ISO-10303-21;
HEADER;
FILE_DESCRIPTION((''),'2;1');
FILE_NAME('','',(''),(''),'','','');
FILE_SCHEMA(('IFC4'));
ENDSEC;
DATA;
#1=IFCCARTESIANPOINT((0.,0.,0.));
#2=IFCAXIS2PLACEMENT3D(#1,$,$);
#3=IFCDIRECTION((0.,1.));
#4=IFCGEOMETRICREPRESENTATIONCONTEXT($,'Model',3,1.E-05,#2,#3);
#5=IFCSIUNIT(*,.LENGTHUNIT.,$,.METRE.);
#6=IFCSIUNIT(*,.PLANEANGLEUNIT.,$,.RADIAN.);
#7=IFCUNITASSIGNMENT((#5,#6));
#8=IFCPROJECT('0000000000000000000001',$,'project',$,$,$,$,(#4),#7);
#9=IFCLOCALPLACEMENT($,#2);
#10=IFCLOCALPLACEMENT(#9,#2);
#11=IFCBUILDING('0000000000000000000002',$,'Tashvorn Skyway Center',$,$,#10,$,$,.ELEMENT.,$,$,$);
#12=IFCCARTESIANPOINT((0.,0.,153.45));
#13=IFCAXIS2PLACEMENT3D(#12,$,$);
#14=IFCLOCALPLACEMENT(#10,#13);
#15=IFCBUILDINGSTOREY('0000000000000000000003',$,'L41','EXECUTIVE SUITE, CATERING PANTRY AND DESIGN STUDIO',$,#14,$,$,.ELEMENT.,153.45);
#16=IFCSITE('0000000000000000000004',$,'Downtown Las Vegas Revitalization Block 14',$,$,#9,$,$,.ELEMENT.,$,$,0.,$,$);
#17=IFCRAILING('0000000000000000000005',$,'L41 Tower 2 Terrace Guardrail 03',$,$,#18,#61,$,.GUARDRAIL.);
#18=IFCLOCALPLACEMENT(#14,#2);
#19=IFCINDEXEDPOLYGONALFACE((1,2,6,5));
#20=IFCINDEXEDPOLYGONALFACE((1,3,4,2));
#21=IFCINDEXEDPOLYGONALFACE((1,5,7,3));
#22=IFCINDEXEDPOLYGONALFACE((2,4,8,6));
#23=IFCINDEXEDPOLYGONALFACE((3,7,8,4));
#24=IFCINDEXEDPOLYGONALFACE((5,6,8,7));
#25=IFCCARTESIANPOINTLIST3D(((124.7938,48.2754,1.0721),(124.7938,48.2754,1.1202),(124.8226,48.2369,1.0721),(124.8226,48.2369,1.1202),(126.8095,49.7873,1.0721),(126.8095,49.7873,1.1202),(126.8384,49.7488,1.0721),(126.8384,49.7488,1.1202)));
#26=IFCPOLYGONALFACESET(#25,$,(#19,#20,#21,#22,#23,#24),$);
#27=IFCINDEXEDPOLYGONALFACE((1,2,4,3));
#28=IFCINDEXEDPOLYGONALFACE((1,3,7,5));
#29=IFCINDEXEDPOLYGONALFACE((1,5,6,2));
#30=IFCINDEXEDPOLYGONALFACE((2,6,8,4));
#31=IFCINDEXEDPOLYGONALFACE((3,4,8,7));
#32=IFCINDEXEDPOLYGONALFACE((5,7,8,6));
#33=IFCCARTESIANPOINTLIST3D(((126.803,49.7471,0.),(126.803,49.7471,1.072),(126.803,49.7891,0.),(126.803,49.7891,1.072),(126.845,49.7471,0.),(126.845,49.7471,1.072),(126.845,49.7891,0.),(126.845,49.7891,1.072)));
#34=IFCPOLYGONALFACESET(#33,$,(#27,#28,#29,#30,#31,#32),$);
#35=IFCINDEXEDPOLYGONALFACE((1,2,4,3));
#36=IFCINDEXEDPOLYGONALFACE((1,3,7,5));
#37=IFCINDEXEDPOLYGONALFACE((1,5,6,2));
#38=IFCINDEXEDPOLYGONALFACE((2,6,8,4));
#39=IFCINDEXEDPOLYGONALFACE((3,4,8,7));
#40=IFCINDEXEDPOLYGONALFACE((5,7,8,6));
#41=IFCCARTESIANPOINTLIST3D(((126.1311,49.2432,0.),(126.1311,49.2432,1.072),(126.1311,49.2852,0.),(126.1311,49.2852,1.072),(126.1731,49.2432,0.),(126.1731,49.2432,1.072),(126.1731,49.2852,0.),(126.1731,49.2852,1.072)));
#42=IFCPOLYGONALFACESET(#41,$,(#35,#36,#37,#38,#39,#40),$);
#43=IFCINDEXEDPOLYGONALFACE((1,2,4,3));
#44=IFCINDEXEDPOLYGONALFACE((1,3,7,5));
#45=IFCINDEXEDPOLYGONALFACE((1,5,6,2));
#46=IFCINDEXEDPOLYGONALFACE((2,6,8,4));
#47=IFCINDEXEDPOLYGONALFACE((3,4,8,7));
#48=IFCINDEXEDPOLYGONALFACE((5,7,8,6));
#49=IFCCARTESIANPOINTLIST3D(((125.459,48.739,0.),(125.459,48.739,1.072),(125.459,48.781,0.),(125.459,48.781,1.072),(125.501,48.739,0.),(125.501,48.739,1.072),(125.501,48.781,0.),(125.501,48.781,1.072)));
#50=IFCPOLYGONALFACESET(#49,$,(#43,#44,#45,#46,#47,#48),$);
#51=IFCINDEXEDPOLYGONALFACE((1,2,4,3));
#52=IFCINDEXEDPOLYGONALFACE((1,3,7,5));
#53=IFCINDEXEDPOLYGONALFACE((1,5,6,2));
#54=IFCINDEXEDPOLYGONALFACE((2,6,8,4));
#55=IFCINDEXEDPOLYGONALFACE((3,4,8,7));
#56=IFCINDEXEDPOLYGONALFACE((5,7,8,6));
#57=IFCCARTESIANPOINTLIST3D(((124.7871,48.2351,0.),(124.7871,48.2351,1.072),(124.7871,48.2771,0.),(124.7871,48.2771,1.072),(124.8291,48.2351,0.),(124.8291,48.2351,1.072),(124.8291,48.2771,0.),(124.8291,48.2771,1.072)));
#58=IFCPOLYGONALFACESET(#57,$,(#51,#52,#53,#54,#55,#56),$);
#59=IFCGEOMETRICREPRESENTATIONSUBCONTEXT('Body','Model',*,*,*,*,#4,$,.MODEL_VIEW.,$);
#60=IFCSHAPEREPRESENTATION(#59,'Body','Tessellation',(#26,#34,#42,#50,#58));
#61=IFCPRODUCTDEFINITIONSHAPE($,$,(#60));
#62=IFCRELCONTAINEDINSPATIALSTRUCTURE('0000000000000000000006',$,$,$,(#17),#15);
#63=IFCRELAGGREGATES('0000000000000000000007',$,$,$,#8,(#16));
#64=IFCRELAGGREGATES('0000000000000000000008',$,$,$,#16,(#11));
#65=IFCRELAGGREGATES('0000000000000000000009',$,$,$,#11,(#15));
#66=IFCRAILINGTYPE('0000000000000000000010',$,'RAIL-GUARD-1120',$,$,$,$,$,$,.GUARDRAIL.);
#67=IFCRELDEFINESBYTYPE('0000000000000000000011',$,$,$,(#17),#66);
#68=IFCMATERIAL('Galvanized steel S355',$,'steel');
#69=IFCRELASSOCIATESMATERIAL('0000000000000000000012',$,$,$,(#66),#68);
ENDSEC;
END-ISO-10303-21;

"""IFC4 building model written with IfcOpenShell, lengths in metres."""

from ifc_helpers import new_model, si_unit, direction, frame, origin, origin_2d, place, context, subcontext, project, spatial, rectangle, extrude, material, type_object, element, save


model = new_model("IFC4")

# Units and contexts
model_context = context("Model", 3, precision=1e-05, world=origin(), true_north=direction((0.0, 1.0)))
body_context = subcontext(model_context, "Body", "Model", "MODEL_VIEW")
ifc_project = project(units=[si_unit("LENGTHUNIT", "METRE"), si_unit("PLANEANGLEUNIT", "RADIAN")], contexts=[model_context])

# Site, building, storey
site_placement = place(None, origin())
site = spatial("IfcSite", under=ifc_project, at=site_placement, Name="Downtown Las Vegas Revitalization Block 14", CompositionType="ELEMENT", RefElevation=0.0)
building_placement = place(site_placement, origin())
building = spatial("IfcBuilding", under=site, at=building_placement, Name="Tashvorn Skyway Center", CompositionType="ELEMENT")
storey_placement = place(building_placement, frame((0.0, 0.0, 153.45)))
storey = spatial("IfcBuildingStorey", under=building, at=storey_placement, Name="L41", Description="EXECUTIVE SUITE, CATERING PANTRY AND DESIGN STUDIO", CompositionType="ELEMENT", Elevation=153.45)

# Railing
ifc_material_1 = material(Name="Galvanized steel S355", Category="steel")
railing_type = type_object("IfcRailingType", Name="RAIL-GUARD-1120", PredefinedType="GUARDRAIL", material=ifc_material_1)
railing_placement = place(storey_placement, frame((126.824, 49.7681, 0.0)))
element("IfcRailing", 1, at=railing_placement, inside=storey, type_object=railing_type, Name="L41 Tower 2 Terrace Guardrail 03", PredefinedType="GUARDRAIL", context=body_context, shape_type="SweptSolid", body=[
    extrude(rectangle(XDim=0.0481, YDim=0.0481, at=origin_2d()), frame((0.0, 0.0, 1.0962), z_axis=(-0.799988, -0.600016, 0.0), x_axis=(0.600016, -0.799988, 0.0)), (0.0, 0.0, 1.0), 2.5198),
    extrude(rectangle(XDim=0.042, YDim=0.042, at=origin_2d()), origin(), (0.0, 0.0, 1.0), 1.072),
    extrude(rectangle(XDim=0.042, YDim=0.042, at=origin_2d()), frame((-0.6719, -0.5039, 0.0)), (0.0, 0.0, 1.0), 1.072),
    extrude(rectangle(XDim=0.042, YDim=0.042, at=origin_2d()), frame((-1.344, -1.0081, 0.0)), (0.0, 0.0, 1.0), 1.072),
    extrude(rectangle(XDim=0.042, YDim=0.042, at=origin_2d()), frame((-2.0159, -1.512, 0.0)), (0.0, 0.0, 1.0), 1.072),
])

save(model, "model.ifc")
